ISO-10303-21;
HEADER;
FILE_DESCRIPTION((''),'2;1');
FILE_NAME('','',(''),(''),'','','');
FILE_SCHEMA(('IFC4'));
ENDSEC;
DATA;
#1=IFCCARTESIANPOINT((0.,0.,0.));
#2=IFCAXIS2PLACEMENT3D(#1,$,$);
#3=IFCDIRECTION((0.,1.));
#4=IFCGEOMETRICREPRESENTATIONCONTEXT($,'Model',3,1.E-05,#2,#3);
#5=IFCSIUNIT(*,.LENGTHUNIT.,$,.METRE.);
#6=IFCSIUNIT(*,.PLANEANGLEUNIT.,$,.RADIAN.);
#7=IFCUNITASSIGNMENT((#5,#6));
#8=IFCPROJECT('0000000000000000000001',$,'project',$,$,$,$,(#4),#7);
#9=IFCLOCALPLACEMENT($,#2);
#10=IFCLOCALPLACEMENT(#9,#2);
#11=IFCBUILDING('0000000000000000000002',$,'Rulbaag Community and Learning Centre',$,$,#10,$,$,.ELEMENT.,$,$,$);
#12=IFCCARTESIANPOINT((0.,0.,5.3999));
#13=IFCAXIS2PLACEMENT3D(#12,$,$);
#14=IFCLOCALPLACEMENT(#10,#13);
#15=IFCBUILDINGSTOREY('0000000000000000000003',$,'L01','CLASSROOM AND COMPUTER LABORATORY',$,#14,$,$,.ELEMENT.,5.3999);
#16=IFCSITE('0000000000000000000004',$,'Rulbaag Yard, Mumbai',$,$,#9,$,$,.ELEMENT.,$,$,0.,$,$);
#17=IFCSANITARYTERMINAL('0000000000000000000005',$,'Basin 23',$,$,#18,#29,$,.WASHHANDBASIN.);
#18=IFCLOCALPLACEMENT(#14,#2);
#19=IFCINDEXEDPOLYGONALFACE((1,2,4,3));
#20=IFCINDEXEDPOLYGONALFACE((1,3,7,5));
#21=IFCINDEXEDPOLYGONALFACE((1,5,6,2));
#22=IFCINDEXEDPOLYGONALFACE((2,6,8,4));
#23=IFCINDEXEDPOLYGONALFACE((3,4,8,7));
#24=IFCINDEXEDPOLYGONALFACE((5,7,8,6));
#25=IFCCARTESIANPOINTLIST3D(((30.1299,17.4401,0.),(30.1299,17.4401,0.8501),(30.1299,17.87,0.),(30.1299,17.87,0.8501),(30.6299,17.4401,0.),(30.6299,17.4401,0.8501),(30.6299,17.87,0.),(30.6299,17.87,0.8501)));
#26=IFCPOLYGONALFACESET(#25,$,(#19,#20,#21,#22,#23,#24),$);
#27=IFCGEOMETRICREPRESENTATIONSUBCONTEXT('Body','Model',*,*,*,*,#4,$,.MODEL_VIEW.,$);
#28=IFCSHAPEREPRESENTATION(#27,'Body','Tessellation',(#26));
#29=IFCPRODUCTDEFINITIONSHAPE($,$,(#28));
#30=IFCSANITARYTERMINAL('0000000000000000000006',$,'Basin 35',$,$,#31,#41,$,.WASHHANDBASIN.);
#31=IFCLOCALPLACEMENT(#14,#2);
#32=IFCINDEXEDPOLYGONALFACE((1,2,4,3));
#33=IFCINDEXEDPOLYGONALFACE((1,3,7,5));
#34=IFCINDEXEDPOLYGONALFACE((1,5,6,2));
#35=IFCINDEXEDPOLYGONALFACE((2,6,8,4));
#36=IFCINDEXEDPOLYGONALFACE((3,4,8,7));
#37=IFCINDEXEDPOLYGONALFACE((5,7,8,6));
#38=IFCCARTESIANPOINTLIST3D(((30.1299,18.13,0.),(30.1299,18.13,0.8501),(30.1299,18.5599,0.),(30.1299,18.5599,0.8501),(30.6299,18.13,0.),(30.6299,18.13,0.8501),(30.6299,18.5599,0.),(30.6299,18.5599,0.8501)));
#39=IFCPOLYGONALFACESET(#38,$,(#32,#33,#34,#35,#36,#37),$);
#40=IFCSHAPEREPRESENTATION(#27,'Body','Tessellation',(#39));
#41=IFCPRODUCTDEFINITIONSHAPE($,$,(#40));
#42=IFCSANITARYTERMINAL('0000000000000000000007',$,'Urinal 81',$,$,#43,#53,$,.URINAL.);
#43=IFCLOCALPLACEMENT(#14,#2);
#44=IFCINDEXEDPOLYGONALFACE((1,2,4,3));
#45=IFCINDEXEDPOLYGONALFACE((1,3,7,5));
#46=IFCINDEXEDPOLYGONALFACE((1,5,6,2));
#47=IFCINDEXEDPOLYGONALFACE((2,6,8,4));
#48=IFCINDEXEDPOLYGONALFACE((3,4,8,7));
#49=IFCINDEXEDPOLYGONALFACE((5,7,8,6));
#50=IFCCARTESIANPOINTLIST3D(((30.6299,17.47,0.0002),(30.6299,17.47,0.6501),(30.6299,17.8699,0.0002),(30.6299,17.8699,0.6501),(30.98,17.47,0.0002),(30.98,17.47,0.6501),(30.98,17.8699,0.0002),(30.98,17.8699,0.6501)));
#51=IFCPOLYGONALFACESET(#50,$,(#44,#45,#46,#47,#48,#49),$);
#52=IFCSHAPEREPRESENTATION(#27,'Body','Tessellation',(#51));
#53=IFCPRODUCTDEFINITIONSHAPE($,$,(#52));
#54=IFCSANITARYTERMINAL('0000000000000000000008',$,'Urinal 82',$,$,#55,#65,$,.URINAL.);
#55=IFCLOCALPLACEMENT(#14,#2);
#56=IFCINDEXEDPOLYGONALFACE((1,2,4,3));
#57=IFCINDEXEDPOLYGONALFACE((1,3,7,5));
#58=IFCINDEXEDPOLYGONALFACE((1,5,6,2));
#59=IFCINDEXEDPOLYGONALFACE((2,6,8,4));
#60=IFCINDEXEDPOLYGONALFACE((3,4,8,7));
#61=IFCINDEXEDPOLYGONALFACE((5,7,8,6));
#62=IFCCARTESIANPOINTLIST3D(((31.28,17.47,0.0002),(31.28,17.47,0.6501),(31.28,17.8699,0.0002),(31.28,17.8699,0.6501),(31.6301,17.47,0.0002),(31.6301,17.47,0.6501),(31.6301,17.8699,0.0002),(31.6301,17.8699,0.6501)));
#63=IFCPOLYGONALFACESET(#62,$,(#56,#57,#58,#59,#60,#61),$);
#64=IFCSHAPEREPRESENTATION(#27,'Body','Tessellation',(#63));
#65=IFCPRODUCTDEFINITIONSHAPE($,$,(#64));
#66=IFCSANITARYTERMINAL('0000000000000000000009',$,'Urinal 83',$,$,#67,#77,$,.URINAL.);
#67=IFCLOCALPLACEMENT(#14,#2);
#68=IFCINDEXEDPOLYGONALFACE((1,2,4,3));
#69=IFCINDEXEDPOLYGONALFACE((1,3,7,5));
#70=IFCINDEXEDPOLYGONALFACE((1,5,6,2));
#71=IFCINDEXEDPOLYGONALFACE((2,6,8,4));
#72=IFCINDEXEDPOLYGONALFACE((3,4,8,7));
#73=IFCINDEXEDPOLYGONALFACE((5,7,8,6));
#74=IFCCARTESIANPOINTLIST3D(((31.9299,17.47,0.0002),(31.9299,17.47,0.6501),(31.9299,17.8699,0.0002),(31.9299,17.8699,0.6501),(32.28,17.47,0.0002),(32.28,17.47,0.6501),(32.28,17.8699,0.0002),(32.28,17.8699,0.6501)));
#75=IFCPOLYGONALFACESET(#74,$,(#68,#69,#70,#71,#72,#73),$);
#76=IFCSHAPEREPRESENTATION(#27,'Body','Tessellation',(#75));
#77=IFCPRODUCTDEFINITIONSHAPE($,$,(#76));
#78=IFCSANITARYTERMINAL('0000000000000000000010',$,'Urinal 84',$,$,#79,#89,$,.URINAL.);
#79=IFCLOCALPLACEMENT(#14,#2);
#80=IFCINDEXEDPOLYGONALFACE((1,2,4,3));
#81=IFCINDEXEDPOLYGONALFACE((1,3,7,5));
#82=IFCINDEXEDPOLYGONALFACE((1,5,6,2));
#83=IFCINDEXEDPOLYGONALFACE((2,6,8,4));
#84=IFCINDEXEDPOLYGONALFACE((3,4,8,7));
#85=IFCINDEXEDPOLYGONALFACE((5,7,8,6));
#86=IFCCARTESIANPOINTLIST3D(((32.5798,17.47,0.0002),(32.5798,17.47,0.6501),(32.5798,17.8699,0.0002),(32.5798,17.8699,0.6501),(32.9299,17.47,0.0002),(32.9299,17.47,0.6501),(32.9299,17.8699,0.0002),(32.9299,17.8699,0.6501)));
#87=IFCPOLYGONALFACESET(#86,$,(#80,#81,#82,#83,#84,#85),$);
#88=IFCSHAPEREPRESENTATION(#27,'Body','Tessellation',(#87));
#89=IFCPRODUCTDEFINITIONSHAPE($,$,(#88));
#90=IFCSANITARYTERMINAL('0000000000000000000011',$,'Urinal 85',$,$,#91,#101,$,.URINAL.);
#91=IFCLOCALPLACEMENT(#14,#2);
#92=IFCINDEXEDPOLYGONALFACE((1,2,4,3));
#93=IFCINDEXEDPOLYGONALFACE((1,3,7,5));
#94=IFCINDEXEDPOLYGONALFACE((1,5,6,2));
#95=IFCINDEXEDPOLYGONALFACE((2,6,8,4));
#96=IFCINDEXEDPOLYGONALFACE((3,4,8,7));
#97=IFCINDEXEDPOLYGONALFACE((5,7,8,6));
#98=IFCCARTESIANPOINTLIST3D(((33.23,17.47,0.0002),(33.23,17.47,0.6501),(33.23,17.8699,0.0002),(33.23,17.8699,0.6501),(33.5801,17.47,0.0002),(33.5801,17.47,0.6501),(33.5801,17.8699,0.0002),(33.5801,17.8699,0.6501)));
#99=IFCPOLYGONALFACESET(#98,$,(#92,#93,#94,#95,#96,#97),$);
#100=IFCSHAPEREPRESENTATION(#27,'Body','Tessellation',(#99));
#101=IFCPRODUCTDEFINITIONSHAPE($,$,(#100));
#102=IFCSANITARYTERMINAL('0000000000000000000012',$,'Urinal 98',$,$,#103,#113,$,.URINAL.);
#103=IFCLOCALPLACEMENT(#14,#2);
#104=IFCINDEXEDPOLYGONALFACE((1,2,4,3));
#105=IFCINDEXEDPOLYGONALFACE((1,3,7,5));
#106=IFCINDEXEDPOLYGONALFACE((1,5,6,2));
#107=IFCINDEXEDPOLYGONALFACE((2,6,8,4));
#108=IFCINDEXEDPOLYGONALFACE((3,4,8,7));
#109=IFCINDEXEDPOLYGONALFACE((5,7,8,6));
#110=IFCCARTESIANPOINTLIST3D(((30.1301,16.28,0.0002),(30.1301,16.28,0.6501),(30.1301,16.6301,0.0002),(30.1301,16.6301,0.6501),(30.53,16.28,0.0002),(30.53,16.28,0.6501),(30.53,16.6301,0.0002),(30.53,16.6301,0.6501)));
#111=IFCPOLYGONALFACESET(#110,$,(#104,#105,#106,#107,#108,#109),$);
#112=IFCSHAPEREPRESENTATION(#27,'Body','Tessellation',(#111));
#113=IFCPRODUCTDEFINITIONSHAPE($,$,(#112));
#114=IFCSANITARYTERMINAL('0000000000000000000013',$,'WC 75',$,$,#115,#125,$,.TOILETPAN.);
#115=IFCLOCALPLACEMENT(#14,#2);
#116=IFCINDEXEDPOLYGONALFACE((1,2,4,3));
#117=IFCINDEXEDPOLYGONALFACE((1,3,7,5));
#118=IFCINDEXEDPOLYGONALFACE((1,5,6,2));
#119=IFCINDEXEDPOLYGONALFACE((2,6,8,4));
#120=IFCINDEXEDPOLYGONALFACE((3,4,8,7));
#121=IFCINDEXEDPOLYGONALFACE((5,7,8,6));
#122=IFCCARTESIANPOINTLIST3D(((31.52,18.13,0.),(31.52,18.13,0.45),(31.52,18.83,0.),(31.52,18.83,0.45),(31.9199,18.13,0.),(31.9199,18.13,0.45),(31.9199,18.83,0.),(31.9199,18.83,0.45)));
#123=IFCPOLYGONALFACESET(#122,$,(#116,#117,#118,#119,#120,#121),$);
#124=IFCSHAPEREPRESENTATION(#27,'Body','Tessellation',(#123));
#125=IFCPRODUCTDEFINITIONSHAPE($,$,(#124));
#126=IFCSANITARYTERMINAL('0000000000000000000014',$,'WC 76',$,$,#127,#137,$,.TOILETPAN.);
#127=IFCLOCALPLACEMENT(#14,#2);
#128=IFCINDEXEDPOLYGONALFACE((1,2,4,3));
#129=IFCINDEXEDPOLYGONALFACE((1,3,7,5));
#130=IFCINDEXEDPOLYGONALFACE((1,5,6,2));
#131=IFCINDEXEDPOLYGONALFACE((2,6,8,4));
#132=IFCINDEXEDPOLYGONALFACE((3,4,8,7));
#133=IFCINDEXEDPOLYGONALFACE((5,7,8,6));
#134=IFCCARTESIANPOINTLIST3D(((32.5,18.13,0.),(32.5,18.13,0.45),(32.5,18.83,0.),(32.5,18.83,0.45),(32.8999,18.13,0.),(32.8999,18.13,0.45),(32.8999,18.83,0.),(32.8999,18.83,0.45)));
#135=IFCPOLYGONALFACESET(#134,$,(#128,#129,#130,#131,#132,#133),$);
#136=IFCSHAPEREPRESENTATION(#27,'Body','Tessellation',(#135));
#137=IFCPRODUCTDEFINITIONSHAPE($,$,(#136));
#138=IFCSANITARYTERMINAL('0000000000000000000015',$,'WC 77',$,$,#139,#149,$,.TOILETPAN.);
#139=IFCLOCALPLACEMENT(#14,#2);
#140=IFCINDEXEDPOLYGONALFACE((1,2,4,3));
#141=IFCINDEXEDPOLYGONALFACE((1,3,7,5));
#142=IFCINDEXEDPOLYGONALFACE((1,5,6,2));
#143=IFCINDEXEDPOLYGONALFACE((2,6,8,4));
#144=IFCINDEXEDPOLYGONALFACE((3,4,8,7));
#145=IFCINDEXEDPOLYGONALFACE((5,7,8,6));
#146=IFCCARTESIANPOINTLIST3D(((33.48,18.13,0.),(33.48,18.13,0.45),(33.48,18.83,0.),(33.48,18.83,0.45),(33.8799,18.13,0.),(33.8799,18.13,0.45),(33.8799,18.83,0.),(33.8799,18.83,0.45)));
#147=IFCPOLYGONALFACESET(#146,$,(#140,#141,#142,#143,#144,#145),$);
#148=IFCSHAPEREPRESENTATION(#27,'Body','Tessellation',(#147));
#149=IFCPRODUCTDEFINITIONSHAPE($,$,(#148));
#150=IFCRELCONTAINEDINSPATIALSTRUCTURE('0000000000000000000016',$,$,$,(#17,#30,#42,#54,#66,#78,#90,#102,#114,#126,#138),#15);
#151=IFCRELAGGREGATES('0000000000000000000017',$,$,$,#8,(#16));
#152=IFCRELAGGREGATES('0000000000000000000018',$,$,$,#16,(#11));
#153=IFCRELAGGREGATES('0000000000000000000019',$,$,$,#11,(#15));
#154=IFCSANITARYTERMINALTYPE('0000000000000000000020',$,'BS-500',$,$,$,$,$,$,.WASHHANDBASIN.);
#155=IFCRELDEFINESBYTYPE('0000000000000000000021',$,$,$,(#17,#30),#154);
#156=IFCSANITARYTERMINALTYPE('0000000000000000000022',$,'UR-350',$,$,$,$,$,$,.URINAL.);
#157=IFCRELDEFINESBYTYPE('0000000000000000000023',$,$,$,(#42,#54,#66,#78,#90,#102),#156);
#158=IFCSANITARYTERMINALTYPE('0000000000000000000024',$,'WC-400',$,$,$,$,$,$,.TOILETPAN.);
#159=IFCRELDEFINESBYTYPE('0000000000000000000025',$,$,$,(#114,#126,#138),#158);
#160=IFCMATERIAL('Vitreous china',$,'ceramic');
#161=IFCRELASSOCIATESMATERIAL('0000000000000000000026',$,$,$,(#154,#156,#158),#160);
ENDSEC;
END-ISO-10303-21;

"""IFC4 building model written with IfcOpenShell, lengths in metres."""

from ifc_helpers import new_model, si_unit, direction, frame, origin, origin_2d, place, context, subcontext, project, spatial, rectangle, extrude, material, type_object, element, save


model = new_model("IFC4")

# Units and contexts
model_context = context("Model", 3, precision=1e-05, world=origin(), true_north=direction((0.0, 1.0)))
body_context = subcontext(model_context, "Body", "Model", "MODEL_VIEW")
ifc_project = project(units=[si_unit("LENGTHUNIT", "METRE"), si_unit("PLANEANGLEUNIT", "RADIAN")], contexts=[model_context])

# Site, building, storey
site_placement = place(None, origin())
site = spatial("IfcSite", under=ifc_project, at=site_placement, Name="Rulbaag Yard, Mumbai", CompositionType="ELEMENT", RefElevation=0.0)
building_placement = place(site_placement, origin())
building = spatial("IfcBuilding", under=site, at=building_placement, Name="Rulbaag Community and Learning Centre", CompositionType="ELEMENT")
storey_placement = place(building_placement, frame((0.0, 0.0, 5.3999)))
storey = spatial("IfcBuildingStorey", under=building, at=storey_placement, Name="L01", Description="CLASSROOM AND COMPUTER LABORATORY", CompositionType="ELEMENT", Elevation=5.3999)

# Sanitary terminals
ifc_material_1 = material(Name="Vitreous china", Category="ceramic")
sanitary_terminal_type_1 = type_object("IfcSanitaryTerminalType", Name="BS-500", PredefinedType="WASHHANDBASIN", material=ifc_material_1)
for number, where, z_axis, x_axis, name in (
    (1, (30.3799, 17.655, 0.0), (0.0, 0.0, 1.0), (1.0, 0.0, 0.0), "Basin 23"),
    (2, (30.3799, 18.345, 0.0), (0.0, 0.0, 1.0), (1.0, 0.0, 0.0), "Basin 35"),
):
    element("IfcSanitaryTerminal", number, at=place(storey_placement, frame(where, z_axis=z_axis, x_axis=x_axis)), inside=storey, type_object=sanitary_terminal_type_1, Name=name, PredefinedType="WASHHANDBASIN", context=body_context, shape_type="SweptSolid", body=[
        extrude(rectangle(XDim=0.5, YDim=0.4299, at=origin_2d()), origin(), (0.0, 0.0, 1.0), 0.8501),
    ])
sanitary_terminal_type_2 = type_object("IfcSanitaryTerminalType", Name="UR-350", PredefinedType="URINAL", material=ifc_material_1)
for number, where, z_axis, x_axis, name in (
    (3, (30.8049, 17.6699, 0.0002), (0.0, 0.0, 1.0), (1.0, 0.0, 0.0), "Urinal 81"),
    (4, (31.4551, 17.6699, 0.0002), (0.0, 0.0, 1.0), (1.0, 0.0, 0.0), "Urinal 82"),
    (5, (32.105, 17.6699, 0.0002), (0.0, 0.0, 1.0), (1.0, 0.0, 0.0), "Urinal 83"),
    (6, (32.7549, 17.6699, 0.0002), (0.0, 0.0, 1.0), (1.0, 0.0, 0.0), "Urinal 84"),
    (7, (33.405, 17.6699, 0.0002), (0.0, 0.0, 1.0), (1.0, 0.0, 0.0), "Urinal 85"),
):
    element("IfcSanitaryTerminal", number, at=place(storey_placement, frame(where, z_axis=z_axis, x_axis=x_axis)), inside=storey, type_object=sanitary_terminal_type_2, Name=name, PredefinedType="URINAL", context=body_context, shape_type="SweptSolid", body=[
        extrude(rectangle(XDim=0.3501, YDim=0.3999, at=origin_2d()), origin(), (0.0, 0.0, 1.0), 0.6499),
    ])
sanitary_terminal_placement = place(storey_placement, frame((30.3301, 16.4551, 0.0002), z_axis=(0.0, 0.0, 1.0), x_axis=(1.0, 0.0, 0.0)))
element("IfcSanitaryTerminal", 8, at=sanitary_terminal_placement, inside=storey, type_object=sanitary_terminal_type_2, Name="Urinal 98", PredefinedType="URINAL", context=body_context, shape_type="SweptSolid", body=[
    extrude(rectangle(XDim=0.3999, YDim=0.3501, at=origin_2d()), origin(), (0.0, 0.0, 1.0), 0.6499),
])
sanitary_terminal_type_3 = type_object("IfcSanitaryTerminalType", Name="WC-400", PredefinedType="TOILETPAN", material=ifc_material_1)
for number, where, z_axis, x_axis, name in (
    (9, (31.72, 18.48, 0.0), (0.0, 0.0, 1.0), (1.0, 0.0, 0.0), "WC 75"),
    (10, (32.7, 18.48, 0.0), (0.0, 0.0, 1.0), (1.0, 0.0, 0.0), "WC 76"),
    (11, (33.6799, 18.48, 0.0), (0.0, 0.0, 1.0), (1.0, 0.0, 0.0), "WC 77"),
):
    element("IfcSanitaryTerminal", number, at=place(storey_placement, frame(where, z_axis=z_axis, x_axis=x_axis)), inside=storey, type_object=sanitary_terminal_type_3, Name=name, PredefinedType="TOILETPAN", context=body_context, shape_type="SweptSolid", body=[
        extrude(rectangle(XDim=0.3999, YDim=0.7, at=origin_2d()), origin(), (0.0, 0.0, 1.0), 0.45),
    ])

save(model, "model.ifc")
